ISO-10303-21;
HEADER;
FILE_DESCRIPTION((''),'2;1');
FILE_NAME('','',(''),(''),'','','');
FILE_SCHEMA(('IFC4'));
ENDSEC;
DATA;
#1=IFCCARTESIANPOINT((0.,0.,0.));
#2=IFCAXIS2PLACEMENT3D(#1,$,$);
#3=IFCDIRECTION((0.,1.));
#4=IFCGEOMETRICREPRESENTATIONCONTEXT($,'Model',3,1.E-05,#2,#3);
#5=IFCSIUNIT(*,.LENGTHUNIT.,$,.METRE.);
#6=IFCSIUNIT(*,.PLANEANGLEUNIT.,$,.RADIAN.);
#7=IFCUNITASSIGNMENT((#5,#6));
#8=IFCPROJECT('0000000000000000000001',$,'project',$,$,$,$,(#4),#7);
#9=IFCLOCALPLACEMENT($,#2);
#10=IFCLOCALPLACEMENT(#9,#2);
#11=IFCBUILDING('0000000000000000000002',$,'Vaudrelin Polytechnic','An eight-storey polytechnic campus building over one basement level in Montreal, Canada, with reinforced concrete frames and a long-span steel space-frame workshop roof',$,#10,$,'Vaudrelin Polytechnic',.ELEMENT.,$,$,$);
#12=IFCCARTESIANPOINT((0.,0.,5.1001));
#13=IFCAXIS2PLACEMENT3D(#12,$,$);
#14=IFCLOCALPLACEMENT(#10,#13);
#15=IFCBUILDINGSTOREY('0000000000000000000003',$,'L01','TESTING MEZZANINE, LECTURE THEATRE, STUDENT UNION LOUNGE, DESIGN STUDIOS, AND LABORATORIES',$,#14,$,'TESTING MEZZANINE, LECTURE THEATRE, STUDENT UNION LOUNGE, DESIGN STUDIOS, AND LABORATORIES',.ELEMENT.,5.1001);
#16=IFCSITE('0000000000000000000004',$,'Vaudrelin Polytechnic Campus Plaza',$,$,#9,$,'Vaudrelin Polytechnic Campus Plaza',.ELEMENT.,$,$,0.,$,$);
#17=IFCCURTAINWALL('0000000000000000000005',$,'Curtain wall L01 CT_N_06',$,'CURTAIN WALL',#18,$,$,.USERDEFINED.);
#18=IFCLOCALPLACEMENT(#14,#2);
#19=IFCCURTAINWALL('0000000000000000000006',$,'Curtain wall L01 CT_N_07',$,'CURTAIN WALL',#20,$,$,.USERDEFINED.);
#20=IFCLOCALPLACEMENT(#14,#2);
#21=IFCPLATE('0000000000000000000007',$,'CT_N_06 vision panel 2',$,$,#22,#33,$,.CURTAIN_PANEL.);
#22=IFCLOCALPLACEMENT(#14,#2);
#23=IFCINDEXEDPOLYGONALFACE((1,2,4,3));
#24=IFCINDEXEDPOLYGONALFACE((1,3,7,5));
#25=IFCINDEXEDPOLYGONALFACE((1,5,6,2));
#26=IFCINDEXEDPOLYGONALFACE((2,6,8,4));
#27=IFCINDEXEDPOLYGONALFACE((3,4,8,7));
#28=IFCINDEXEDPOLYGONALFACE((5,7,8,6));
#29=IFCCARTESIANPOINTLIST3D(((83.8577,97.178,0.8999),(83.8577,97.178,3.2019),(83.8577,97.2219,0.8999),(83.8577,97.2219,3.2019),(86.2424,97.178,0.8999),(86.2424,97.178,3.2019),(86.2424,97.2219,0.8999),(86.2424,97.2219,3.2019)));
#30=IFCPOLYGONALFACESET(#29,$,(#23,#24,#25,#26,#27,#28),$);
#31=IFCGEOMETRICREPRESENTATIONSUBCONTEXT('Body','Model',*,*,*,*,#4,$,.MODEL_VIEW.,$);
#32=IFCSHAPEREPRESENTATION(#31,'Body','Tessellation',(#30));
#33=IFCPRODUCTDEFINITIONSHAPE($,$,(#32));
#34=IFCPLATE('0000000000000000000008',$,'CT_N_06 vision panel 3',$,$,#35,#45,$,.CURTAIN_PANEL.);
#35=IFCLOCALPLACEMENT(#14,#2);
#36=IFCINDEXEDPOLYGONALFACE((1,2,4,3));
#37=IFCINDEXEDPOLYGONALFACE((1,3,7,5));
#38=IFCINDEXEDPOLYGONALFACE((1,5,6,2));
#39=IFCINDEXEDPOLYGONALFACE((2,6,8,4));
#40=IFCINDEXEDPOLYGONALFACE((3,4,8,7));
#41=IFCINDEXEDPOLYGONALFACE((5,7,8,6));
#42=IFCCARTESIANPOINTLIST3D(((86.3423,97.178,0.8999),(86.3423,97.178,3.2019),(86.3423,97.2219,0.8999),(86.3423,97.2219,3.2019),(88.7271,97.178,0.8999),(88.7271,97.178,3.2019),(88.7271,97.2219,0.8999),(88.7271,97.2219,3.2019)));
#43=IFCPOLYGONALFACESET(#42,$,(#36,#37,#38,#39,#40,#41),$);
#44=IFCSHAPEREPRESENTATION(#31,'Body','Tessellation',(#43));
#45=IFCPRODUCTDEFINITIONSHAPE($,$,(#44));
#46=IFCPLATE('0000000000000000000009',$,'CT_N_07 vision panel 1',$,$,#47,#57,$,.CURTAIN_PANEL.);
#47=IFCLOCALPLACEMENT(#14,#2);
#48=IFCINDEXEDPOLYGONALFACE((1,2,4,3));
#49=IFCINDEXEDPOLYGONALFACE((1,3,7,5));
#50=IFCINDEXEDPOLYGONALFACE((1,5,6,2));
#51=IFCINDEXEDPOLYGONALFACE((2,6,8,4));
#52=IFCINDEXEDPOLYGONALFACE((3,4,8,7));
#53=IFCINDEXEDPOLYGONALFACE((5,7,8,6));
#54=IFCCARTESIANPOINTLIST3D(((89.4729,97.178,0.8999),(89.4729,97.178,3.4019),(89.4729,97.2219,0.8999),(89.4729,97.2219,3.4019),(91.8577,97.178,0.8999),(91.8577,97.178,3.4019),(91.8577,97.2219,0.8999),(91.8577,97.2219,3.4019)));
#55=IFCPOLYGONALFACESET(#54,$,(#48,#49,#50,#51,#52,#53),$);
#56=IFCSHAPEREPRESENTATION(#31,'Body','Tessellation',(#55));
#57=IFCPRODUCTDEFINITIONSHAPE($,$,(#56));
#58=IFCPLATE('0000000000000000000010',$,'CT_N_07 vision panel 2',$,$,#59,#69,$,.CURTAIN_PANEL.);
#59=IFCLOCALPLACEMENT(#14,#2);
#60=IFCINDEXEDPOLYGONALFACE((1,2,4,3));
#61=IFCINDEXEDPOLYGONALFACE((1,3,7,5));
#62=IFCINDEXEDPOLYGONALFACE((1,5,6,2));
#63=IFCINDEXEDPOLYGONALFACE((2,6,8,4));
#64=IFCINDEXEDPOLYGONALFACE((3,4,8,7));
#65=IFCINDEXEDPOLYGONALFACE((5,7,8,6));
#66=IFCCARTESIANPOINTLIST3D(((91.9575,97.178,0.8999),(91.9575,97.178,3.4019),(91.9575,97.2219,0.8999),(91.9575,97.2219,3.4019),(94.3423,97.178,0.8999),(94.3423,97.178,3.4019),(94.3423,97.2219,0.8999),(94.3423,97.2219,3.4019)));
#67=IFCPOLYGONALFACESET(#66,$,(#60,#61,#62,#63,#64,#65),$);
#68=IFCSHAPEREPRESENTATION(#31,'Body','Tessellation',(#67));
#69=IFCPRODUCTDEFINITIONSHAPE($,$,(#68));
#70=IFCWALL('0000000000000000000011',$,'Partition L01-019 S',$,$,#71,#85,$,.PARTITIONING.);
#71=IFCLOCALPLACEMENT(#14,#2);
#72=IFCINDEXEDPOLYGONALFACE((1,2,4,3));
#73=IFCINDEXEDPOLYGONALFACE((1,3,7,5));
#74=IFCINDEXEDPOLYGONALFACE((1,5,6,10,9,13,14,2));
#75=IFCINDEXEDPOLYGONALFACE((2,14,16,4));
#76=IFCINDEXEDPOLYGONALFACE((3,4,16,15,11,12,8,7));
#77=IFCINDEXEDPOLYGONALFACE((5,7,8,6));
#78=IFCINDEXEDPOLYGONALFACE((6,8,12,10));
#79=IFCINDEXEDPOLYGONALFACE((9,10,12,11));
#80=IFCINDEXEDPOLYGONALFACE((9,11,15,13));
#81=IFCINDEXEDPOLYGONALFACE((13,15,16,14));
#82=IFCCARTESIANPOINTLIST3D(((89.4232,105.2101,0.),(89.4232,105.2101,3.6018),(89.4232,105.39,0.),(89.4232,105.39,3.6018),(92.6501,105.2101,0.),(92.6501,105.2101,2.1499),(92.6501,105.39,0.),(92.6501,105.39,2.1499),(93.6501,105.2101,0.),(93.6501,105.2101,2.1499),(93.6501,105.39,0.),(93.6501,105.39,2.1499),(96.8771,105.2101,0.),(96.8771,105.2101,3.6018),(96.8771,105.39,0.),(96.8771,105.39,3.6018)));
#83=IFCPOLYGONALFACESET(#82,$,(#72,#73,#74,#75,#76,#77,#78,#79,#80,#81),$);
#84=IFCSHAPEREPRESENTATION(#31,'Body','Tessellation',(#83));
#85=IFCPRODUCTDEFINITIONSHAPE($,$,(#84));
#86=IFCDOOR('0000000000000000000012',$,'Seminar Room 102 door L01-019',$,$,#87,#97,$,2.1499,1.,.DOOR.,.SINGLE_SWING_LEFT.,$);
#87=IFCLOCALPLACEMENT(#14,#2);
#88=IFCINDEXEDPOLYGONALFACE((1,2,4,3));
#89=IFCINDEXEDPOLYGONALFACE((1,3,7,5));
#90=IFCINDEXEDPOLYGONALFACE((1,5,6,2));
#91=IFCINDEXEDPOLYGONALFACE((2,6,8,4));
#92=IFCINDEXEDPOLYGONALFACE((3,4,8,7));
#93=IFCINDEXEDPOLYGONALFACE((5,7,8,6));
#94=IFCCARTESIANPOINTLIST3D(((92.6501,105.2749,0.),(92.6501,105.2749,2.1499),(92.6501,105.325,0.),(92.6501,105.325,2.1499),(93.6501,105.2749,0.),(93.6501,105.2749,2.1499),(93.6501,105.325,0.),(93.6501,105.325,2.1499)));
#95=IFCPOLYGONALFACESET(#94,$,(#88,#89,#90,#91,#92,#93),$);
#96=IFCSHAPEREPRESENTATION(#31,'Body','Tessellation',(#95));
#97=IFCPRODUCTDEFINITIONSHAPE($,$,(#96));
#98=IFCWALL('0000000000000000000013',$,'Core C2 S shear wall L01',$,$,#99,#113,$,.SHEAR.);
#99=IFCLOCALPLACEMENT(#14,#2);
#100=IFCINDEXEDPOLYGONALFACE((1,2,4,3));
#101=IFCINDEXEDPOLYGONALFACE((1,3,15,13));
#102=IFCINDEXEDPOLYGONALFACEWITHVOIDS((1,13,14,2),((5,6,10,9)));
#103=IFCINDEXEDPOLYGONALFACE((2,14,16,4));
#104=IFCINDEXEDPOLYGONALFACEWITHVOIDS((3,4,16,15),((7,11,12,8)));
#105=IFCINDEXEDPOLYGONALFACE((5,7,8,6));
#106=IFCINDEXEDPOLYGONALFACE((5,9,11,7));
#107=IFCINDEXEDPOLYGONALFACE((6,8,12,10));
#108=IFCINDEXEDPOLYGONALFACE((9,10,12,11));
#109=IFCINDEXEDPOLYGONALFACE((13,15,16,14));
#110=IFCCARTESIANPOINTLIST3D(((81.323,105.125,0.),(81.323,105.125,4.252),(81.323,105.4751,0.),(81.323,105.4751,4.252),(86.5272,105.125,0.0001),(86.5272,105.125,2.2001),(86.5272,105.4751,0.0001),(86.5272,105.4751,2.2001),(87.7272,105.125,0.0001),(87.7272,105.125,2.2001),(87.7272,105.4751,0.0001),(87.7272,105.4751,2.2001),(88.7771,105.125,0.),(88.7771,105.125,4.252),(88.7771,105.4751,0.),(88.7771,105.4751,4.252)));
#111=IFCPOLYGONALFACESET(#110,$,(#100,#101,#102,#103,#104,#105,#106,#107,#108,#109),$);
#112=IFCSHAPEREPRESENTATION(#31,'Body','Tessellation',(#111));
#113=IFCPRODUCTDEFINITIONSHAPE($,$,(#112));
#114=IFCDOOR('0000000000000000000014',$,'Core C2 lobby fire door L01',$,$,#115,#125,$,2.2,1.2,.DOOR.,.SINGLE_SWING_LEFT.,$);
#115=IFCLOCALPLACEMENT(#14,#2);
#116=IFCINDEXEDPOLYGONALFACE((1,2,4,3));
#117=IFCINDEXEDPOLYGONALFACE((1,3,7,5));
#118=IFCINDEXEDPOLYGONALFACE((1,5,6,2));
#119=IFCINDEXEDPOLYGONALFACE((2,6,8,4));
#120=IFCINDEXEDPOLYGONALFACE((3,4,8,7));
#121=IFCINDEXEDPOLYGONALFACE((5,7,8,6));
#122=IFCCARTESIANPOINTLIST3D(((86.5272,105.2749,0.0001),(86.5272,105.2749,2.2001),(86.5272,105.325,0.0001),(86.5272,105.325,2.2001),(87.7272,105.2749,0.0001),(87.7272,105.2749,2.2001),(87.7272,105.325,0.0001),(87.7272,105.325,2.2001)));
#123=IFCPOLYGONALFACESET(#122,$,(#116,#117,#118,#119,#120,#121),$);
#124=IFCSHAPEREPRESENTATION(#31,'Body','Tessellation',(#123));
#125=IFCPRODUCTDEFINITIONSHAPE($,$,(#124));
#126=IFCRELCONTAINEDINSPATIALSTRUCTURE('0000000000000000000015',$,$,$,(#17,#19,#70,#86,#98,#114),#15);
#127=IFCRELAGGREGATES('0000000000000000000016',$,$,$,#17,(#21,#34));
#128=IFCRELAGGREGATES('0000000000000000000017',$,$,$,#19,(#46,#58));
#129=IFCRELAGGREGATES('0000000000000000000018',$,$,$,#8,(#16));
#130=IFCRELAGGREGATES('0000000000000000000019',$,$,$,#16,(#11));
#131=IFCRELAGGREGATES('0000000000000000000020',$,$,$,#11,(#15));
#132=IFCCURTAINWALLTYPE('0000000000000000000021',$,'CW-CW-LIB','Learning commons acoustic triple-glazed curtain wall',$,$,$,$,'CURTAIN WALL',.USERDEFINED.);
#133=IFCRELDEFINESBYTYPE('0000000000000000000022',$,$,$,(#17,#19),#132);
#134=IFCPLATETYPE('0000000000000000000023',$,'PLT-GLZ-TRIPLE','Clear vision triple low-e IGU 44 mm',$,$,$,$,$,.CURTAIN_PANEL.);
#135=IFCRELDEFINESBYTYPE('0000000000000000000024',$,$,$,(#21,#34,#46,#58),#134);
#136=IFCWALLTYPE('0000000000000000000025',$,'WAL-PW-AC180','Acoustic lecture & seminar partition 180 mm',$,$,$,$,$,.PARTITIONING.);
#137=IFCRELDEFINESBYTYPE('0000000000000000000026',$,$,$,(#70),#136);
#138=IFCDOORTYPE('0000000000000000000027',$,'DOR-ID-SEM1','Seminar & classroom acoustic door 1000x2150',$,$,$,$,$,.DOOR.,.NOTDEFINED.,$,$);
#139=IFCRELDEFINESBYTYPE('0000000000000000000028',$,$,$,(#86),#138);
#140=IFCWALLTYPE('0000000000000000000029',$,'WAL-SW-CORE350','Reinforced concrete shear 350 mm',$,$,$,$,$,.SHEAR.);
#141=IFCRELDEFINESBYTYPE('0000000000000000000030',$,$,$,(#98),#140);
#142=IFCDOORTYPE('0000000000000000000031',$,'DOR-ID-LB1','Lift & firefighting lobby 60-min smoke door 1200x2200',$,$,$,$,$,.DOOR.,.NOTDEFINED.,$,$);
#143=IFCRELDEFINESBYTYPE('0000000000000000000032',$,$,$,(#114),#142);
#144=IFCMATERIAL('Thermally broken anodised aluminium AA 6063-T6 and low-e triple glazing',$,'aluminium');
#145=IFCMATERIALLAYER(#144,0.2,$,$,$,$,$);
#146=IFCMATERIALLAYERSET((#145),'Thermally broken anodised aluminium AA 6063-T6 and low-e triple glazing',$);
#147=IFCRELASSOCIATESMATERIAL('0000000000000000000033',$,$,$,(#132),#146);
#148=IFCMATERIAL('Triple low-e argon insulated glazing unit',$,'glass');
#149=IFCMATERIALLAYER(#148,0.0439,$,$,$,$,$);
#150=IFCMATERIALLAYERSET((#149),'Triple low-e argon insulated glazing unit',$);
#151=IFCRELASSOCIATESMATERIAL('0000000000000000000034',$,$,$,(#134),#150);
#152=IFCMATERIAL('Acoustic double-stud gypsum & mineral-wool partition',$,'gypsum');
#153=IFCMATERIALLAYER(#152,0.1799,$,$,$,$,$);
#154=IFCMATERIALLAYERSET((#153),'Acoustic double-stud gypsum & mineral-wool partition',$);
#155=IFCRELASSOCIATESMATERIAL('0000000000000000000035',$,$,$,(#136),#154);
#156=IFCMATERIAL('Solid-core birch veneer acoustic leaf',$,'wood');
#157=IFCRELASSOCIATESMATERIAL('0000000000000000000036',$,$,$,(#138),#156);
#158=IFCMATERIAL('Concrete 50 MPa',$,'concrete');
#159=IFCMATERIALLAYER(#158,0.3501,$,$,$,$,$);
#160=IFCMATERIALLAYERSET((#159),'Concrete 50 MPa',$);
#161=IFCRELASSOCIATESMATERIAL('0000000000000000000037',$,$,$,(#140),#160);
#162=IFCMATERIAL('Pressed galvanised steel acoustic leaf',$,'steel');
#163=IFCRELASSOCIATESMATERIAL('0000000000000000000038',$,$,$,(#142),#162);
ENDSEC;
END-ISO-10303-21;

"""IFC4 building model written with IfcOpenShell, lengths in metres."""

from ifc_helpers import new_model, si_unit, direction, frame, frame_2d, origin, origin_2d, place, context, subcontext, project, spatial, rectangle, extrude, material, layer, layer_set, type_object, element, fill, aggregate, save


model = new_model("IFC4")

# Units and contexts
model_context = context("Model", 3, precision=1e-05, world=origin(), true_north=direction((0.0, 1.0)))
body_context = subcontext(model_context, "Body", "Model", "MODEL_VIEW")
ifc_project = project(units=[si_unit("LENGTHUNIT", "METRE"), si_unit("PLANEANGLEUNIT", "RADIAN")], contexts=[model_context])

# Site, building, storey
site_placement = place(None, origin())
site = spatial("IfcSite", under=ifc_project, at=site_placement, Name="Vaudrelin Polytechnic Campus Plaza", LongName="Vaudrelin Polytechnic Campus Plaza", CompositionType="ELEMENT", RefElevation=0.0)
building_placement = place(site_placement, origin())
building = spatial("IfcBuilding", under=site, at=building_placement, Name="Vaudrelin Polytechnic", Description="An eight-storey polytechnic campus building over one basement level in Montreal, Canada, with reinforced concrete frames and a long-span steel space-frame workshop roof", LongName="Vaudrelin Polytechnic", CompositionType="ELEMENT")
storey_placement = place(building_placement, frame((0.0, 0.0, 5.1001)))
storey = spatial("IfcBuildingStorey", under=building, at=storey_placement, Name="L01", Description="TESTING MEZZANINE, LECTURE THEATRE, STUDENT UNION LOUNGE, DESIGN STUDIOS, AND LABORATORIES", LongName="TESTING MEZZANINE, LECTURE THEATRE, STUDENT UNION LOUNGE, DESIGN STUDIOS, AND LABORATORIES", CompositionType="ELEMENT", Elevation=5.1001)

# Shared definitions
ifc_material_1 = material(Name="Concrete 50 MPa", Category="concrete")

# Curtain walls
ifc_material_2 = material(Name="Thermally broken anodised aluminium AA 6063-T6 and low-e triple glazing", Category="aluminium")
ifc_layer_1 = layer(ifc_material_2, 0.2)
ifc_layer_set_1 = layer_set([ifc_layer_1], Name="Thermally broken anodised aluminium AA 6063-T6 and low-e triple glazing")
curtain_wall_type = type_object("IfcCurtainWallType", Name="CW-CW-LIB", Description="Learning commons acoustic triple-glazed curtain wall", ElementType="CURTAIN WALL", PredefinedType="USERDEFINED", material=ifc_layer_set_1)
curtain_wall_1_placement = place(storey_placement, origin())
curtain_wall_1 = element("IfcCurtainWall", 1, at=curtain_wall_1_placement, inside=storey, type_object=curtain_wall_type, Name="Curtain wall L01 CT_N_06", ObjectType="CURTAIN WALL", PredefinedType="USERDEFINED")
curtain_wall_2_placement = place(storey_placement, origin())
curtain_wall_2 = element("IfcCurtainWall", 2, at=curtain_wall_2_placement, inside=storey, type_object=curtain_wall_type, Name="Curtain wall L01 CT_N_07", ObjectType="CURTAIN WALL", PredefinedType="USERDEFINED")

# Plates
ifc_material_3 = material(Name="Triple low-e argon insulated glazing unit", Category="glass")
ifc_layer_2 = layer(ifc_material_3, 0.0439)
ifc_layer_set_2 = layer_set([ifc_layer_2], Name="Triple low-e argon insulated glazing unit")
plate_type_1 = type_object("IfcPlateType", Name="PLT-GLZ-TRIPLE", Description="Clear vision triple low-e IGU 44 mm", PredefinedType="CURTAIN_PANEL", material=ifc_layer_set_2)
plate_1_placement = place(storey_placement, frame((85.05, 97.2, 0.8999), z_axis=(0.0, 0.0, 1.0), x_axis=(1.0, 0.0, 0.0)))
plate_1 = element("IfcPlate", 3, at=plate_1_placement, type_object=plate_type_1, Name="CT_N_06 vision panel 2", PredefinedType="CURTAIN_PANEL", context=body_context, shape_type="SweptSolid", body=[
    extrude(rectangle(XDim=2.3848, YDim=0.0439, at=origin_2d()), origin(), (0.0, 0.0, 1.0), 2.302),
])
plate_2_placement = place(storey_placement, frame((87.5347, 97.2, 0.8999), z_axis=(0.0, 0.0, 1.0), x_axis=(1.0, 0.0, 0.0)))
plate_2 = element("IfcPlate", 4, at=plate_2_placement, type_object=plate_type_1, Name="CT_N_06 vision panel 3", PredefinedType="CURTAIN_PANEL", context=body_context, shape_type="SweptSolid", body=[
    extrude(rectangle(XDim=2.3848, YDim=0.0439, at=origin_2d()), origin(), (0.0, 0.0, 1.0), 2.302),
])
aggregate(curtain_wall_1, [plate_1, plate_2])
plate_3_placement = place(storey_placement, frame((90.6653, 97.2, 0.8999), z_axis=(0.0, 0.0, 1.0), x_axis=(1.0, 0.0, 0.0)))
plate_3 = element("IfcPlate", 5, at=plate_3_placement, type_object=plate_type_1, Name="CT_N_07 vision panel 1", PredefinedType="CURTAIN_PANEL", context=body_context, shape_type="SweptSolid", body=[
    extrude(rectangle(XDim=2.3848, YDim=0.0439, at=origin_2d()), origin(), (0.0, 0.0, 1.0), 2.502),
])
plate_4_placement = place(storey_placement, frame((93.1499, 97.2, 0.8999), z_axis=(0.0, 0.0, 1.0), x_axis=(1.0, 0.0, 0.0)))
plate_4 = element("IfcPlate", 6, at=plate_4_placement, type_object=plate_type_1, Name="CT_N_07 vision panel 2", PredefinedType="CURTAIN_PANEL", context=body_context, shape_type="SweptSolid", body=[
    extrude(rectangle(XDim=2.3848, YDim=0.0439, at=origin_2d()), origin(), (0.0, 0.0, 1.0), 2.502),
])
aggregate(curtain_wall_2, [plate_3, plate_4])

# Walls, openings, doors
ifc_material_4 = material(Name="Acoustic double-stud gypsum & mineral-wool partition", Category="gypsum")
ifc_layer_3 = layer(ifc_material_4, 0.1799)
ifc_layer_set_3 = layer_set([ifc_layer_3], Name="Acoustic double-stud gypsum & mineral-wool partition")
wall_type_1 = type_object("IfcWallType", Name="WAL-PW-AC180", Description="Acoustic lecture & seminar partition 180 mm", PredefinedType="PARTITIONING", material=ifc_layer_set_3)
wall_1_placement = place(storey_placement, frame((89.4231, 105.3, 0.0), z_axis=(0.0, 0.0, 1.0), x_axis=(1.0, 0.0, 0.0)))
wall_1 = element("IfcWall", 7, at=wall_1_placement, inside=storey, type_object=wall_type_1, Name="Partition L01-019 S", PredefinedType="PARTITIONING", context=body_context, shape_type="SweptSolid", body=[
    extrude(rectangle(XDim=7.4539, YDim=0.1799, at=frame_2d((3.7271, 0.0))), origin(), (0.0, 0.0, 1.0), 3.6018),
])
opening_1_placement = place(wall_1_placement, frame((3.2271, 0.0, 0.0)))
opening_1 = element("IfcOpeningElement", 8, at=opening_1_placement, cuts=wall_1, PredefinedType="OPENING", context=body_context, shape_type="SweptSolid", body=[
    extrude(rectangle(XDim=1.0, YDim=2.1499, at=frame_2d((0.5, 1.075))), frame((0.0, 0.1001, 0.0), z_axis=(0.0, -1.0, 0.0), x_axis=(1.0, 0.0, 0.0)), (0.0, 0.0, 1.0), 0.2),
])
ifc_material_5 = material(Name="Solid-core birch veneer acoustic leaf", Category="wood")
door_type_1 = type_object("IfcDoorType", Name="DOR-ID-SEM1", Description="Seminar & classroom acoustic door 1000x2150", OperationType="NOTDEFINED", PredefinedType="DOOR", material=ifc_material_5)
door_1_placement = place(opening_1_placement, origin())
door_1 = element("IfcDoor", 9, at=door_1_placement, inside=storey, type_object=door_type_1, Name="Seminar Room 102 door L01-019", OperationType="SINGLE_SWING_LEFT", OverallHeight=2.1499, OverallWidth=1.0, PredefinedType="DOOR", context=body_context, shape_type="SweptSolid", body=[
    extrude(rectangle(XDim=1.0, YDim=2.1499, at=frame_2d((0.5, 1.075))), frame((0.0, 0.0249, 0.0), z_axis=(0.0, -1.0, 0.0), x_axis=(1.0, 0.0, 0.0)), (0.0, 0.0, 1.0), 0.05),
])
fill(opening_1, door_1)
ifc_layer_4 = layer(ifc_material_1, 0.3501)
ifc_layer_set_4 = layer_set([ifc_layer_4], Name="Concrete 50 MPa")
wall_type_2 = type_object("IfcWallType", Name="WAL-SW-CORE350", Description="Reinforced concrete shear 350 mm", PredefinedType="SHEAR", material=ifc_layer_set_4)
wall_2_placement = place(storey_placement, frame((81.323, 105.3, 0.0), z_axis=(0.0, 0.0, 1.0), x_axis=(1.0, 0.0, 0.0)))
wall_2 = element("IfcWall", 10, at=wall_2_placement, inside=storey, type_object=wall_type_2, Name="Core C2 S shear wall L01", PredefinedType="SHEAR", context=body_context, shape_type="SweptSolid", body=[
    extrude(rectangle(XDim=7.4541, YDim=0.3501, at=frame_2d((3.7271, 0.0))), origin(), (0.0, 0.0, 1.0), 4.252),
])
opening_2_placement = place(wall_2_placement, frame((5.2041, 0.0, 0.0)))
opening_2 = element("IfcOpeningElement", 11, at=opening_2_placement, cuts=wall_2, PredefinedType="OPENING", context=body_context, shape_type="SweptSolid", body=[
    extrude(rectangle(XDim=1.2, YDim=2.2, at=frame_2d((0.6001, 1.1001))), frame((0.0, 0.1851, 0.0), z_axis=(0.0, -1.0, 0.0), x_axis=(1.0, 0.0, 0.0)), (0.0, 0.0, 1.0), 0.3701),
])
ifc_material_6 = material(Name="Pressed galvanised steel acoustic leaf", Category="steel")
door_type_2 = type_object("IfcDoorType", Name="DOR-ID-LB1", Description="Lift & firefighting lobby 60-min smoke door 1200x2200", OperationType="NOTDEFINED", PredefinedType="DOOR", material=ifc_material_6)
door_2_placement = place(opening_2_placement, origin())
door_2 = element("IfcDoor", 12, at=door_2_placement, inside=storey, type_object=door_type_2, Name="Core C2 lobby fire door L01", OperationType="SINGLE_SWING_LEFT", OverallHeight=2.2, OverallWidth=1.2, PredefinedType="DOOR", context=body_context, shape_type="SweptSolid", body=[
    extrude(rectangle(XDim=1.2, YDim=2.2, at=frame_2d((0.6001, 1.1001))), frame((0.0, 0.0249, 0.0), z_axis=(0.0, -1.0, 0.0), x_axis=(1.0, 0.0, 0.0)), (0.0, 0.0, 1.0), 0.05),
])
fill(opening_2, door_2)

save(model, "model.ifc")
